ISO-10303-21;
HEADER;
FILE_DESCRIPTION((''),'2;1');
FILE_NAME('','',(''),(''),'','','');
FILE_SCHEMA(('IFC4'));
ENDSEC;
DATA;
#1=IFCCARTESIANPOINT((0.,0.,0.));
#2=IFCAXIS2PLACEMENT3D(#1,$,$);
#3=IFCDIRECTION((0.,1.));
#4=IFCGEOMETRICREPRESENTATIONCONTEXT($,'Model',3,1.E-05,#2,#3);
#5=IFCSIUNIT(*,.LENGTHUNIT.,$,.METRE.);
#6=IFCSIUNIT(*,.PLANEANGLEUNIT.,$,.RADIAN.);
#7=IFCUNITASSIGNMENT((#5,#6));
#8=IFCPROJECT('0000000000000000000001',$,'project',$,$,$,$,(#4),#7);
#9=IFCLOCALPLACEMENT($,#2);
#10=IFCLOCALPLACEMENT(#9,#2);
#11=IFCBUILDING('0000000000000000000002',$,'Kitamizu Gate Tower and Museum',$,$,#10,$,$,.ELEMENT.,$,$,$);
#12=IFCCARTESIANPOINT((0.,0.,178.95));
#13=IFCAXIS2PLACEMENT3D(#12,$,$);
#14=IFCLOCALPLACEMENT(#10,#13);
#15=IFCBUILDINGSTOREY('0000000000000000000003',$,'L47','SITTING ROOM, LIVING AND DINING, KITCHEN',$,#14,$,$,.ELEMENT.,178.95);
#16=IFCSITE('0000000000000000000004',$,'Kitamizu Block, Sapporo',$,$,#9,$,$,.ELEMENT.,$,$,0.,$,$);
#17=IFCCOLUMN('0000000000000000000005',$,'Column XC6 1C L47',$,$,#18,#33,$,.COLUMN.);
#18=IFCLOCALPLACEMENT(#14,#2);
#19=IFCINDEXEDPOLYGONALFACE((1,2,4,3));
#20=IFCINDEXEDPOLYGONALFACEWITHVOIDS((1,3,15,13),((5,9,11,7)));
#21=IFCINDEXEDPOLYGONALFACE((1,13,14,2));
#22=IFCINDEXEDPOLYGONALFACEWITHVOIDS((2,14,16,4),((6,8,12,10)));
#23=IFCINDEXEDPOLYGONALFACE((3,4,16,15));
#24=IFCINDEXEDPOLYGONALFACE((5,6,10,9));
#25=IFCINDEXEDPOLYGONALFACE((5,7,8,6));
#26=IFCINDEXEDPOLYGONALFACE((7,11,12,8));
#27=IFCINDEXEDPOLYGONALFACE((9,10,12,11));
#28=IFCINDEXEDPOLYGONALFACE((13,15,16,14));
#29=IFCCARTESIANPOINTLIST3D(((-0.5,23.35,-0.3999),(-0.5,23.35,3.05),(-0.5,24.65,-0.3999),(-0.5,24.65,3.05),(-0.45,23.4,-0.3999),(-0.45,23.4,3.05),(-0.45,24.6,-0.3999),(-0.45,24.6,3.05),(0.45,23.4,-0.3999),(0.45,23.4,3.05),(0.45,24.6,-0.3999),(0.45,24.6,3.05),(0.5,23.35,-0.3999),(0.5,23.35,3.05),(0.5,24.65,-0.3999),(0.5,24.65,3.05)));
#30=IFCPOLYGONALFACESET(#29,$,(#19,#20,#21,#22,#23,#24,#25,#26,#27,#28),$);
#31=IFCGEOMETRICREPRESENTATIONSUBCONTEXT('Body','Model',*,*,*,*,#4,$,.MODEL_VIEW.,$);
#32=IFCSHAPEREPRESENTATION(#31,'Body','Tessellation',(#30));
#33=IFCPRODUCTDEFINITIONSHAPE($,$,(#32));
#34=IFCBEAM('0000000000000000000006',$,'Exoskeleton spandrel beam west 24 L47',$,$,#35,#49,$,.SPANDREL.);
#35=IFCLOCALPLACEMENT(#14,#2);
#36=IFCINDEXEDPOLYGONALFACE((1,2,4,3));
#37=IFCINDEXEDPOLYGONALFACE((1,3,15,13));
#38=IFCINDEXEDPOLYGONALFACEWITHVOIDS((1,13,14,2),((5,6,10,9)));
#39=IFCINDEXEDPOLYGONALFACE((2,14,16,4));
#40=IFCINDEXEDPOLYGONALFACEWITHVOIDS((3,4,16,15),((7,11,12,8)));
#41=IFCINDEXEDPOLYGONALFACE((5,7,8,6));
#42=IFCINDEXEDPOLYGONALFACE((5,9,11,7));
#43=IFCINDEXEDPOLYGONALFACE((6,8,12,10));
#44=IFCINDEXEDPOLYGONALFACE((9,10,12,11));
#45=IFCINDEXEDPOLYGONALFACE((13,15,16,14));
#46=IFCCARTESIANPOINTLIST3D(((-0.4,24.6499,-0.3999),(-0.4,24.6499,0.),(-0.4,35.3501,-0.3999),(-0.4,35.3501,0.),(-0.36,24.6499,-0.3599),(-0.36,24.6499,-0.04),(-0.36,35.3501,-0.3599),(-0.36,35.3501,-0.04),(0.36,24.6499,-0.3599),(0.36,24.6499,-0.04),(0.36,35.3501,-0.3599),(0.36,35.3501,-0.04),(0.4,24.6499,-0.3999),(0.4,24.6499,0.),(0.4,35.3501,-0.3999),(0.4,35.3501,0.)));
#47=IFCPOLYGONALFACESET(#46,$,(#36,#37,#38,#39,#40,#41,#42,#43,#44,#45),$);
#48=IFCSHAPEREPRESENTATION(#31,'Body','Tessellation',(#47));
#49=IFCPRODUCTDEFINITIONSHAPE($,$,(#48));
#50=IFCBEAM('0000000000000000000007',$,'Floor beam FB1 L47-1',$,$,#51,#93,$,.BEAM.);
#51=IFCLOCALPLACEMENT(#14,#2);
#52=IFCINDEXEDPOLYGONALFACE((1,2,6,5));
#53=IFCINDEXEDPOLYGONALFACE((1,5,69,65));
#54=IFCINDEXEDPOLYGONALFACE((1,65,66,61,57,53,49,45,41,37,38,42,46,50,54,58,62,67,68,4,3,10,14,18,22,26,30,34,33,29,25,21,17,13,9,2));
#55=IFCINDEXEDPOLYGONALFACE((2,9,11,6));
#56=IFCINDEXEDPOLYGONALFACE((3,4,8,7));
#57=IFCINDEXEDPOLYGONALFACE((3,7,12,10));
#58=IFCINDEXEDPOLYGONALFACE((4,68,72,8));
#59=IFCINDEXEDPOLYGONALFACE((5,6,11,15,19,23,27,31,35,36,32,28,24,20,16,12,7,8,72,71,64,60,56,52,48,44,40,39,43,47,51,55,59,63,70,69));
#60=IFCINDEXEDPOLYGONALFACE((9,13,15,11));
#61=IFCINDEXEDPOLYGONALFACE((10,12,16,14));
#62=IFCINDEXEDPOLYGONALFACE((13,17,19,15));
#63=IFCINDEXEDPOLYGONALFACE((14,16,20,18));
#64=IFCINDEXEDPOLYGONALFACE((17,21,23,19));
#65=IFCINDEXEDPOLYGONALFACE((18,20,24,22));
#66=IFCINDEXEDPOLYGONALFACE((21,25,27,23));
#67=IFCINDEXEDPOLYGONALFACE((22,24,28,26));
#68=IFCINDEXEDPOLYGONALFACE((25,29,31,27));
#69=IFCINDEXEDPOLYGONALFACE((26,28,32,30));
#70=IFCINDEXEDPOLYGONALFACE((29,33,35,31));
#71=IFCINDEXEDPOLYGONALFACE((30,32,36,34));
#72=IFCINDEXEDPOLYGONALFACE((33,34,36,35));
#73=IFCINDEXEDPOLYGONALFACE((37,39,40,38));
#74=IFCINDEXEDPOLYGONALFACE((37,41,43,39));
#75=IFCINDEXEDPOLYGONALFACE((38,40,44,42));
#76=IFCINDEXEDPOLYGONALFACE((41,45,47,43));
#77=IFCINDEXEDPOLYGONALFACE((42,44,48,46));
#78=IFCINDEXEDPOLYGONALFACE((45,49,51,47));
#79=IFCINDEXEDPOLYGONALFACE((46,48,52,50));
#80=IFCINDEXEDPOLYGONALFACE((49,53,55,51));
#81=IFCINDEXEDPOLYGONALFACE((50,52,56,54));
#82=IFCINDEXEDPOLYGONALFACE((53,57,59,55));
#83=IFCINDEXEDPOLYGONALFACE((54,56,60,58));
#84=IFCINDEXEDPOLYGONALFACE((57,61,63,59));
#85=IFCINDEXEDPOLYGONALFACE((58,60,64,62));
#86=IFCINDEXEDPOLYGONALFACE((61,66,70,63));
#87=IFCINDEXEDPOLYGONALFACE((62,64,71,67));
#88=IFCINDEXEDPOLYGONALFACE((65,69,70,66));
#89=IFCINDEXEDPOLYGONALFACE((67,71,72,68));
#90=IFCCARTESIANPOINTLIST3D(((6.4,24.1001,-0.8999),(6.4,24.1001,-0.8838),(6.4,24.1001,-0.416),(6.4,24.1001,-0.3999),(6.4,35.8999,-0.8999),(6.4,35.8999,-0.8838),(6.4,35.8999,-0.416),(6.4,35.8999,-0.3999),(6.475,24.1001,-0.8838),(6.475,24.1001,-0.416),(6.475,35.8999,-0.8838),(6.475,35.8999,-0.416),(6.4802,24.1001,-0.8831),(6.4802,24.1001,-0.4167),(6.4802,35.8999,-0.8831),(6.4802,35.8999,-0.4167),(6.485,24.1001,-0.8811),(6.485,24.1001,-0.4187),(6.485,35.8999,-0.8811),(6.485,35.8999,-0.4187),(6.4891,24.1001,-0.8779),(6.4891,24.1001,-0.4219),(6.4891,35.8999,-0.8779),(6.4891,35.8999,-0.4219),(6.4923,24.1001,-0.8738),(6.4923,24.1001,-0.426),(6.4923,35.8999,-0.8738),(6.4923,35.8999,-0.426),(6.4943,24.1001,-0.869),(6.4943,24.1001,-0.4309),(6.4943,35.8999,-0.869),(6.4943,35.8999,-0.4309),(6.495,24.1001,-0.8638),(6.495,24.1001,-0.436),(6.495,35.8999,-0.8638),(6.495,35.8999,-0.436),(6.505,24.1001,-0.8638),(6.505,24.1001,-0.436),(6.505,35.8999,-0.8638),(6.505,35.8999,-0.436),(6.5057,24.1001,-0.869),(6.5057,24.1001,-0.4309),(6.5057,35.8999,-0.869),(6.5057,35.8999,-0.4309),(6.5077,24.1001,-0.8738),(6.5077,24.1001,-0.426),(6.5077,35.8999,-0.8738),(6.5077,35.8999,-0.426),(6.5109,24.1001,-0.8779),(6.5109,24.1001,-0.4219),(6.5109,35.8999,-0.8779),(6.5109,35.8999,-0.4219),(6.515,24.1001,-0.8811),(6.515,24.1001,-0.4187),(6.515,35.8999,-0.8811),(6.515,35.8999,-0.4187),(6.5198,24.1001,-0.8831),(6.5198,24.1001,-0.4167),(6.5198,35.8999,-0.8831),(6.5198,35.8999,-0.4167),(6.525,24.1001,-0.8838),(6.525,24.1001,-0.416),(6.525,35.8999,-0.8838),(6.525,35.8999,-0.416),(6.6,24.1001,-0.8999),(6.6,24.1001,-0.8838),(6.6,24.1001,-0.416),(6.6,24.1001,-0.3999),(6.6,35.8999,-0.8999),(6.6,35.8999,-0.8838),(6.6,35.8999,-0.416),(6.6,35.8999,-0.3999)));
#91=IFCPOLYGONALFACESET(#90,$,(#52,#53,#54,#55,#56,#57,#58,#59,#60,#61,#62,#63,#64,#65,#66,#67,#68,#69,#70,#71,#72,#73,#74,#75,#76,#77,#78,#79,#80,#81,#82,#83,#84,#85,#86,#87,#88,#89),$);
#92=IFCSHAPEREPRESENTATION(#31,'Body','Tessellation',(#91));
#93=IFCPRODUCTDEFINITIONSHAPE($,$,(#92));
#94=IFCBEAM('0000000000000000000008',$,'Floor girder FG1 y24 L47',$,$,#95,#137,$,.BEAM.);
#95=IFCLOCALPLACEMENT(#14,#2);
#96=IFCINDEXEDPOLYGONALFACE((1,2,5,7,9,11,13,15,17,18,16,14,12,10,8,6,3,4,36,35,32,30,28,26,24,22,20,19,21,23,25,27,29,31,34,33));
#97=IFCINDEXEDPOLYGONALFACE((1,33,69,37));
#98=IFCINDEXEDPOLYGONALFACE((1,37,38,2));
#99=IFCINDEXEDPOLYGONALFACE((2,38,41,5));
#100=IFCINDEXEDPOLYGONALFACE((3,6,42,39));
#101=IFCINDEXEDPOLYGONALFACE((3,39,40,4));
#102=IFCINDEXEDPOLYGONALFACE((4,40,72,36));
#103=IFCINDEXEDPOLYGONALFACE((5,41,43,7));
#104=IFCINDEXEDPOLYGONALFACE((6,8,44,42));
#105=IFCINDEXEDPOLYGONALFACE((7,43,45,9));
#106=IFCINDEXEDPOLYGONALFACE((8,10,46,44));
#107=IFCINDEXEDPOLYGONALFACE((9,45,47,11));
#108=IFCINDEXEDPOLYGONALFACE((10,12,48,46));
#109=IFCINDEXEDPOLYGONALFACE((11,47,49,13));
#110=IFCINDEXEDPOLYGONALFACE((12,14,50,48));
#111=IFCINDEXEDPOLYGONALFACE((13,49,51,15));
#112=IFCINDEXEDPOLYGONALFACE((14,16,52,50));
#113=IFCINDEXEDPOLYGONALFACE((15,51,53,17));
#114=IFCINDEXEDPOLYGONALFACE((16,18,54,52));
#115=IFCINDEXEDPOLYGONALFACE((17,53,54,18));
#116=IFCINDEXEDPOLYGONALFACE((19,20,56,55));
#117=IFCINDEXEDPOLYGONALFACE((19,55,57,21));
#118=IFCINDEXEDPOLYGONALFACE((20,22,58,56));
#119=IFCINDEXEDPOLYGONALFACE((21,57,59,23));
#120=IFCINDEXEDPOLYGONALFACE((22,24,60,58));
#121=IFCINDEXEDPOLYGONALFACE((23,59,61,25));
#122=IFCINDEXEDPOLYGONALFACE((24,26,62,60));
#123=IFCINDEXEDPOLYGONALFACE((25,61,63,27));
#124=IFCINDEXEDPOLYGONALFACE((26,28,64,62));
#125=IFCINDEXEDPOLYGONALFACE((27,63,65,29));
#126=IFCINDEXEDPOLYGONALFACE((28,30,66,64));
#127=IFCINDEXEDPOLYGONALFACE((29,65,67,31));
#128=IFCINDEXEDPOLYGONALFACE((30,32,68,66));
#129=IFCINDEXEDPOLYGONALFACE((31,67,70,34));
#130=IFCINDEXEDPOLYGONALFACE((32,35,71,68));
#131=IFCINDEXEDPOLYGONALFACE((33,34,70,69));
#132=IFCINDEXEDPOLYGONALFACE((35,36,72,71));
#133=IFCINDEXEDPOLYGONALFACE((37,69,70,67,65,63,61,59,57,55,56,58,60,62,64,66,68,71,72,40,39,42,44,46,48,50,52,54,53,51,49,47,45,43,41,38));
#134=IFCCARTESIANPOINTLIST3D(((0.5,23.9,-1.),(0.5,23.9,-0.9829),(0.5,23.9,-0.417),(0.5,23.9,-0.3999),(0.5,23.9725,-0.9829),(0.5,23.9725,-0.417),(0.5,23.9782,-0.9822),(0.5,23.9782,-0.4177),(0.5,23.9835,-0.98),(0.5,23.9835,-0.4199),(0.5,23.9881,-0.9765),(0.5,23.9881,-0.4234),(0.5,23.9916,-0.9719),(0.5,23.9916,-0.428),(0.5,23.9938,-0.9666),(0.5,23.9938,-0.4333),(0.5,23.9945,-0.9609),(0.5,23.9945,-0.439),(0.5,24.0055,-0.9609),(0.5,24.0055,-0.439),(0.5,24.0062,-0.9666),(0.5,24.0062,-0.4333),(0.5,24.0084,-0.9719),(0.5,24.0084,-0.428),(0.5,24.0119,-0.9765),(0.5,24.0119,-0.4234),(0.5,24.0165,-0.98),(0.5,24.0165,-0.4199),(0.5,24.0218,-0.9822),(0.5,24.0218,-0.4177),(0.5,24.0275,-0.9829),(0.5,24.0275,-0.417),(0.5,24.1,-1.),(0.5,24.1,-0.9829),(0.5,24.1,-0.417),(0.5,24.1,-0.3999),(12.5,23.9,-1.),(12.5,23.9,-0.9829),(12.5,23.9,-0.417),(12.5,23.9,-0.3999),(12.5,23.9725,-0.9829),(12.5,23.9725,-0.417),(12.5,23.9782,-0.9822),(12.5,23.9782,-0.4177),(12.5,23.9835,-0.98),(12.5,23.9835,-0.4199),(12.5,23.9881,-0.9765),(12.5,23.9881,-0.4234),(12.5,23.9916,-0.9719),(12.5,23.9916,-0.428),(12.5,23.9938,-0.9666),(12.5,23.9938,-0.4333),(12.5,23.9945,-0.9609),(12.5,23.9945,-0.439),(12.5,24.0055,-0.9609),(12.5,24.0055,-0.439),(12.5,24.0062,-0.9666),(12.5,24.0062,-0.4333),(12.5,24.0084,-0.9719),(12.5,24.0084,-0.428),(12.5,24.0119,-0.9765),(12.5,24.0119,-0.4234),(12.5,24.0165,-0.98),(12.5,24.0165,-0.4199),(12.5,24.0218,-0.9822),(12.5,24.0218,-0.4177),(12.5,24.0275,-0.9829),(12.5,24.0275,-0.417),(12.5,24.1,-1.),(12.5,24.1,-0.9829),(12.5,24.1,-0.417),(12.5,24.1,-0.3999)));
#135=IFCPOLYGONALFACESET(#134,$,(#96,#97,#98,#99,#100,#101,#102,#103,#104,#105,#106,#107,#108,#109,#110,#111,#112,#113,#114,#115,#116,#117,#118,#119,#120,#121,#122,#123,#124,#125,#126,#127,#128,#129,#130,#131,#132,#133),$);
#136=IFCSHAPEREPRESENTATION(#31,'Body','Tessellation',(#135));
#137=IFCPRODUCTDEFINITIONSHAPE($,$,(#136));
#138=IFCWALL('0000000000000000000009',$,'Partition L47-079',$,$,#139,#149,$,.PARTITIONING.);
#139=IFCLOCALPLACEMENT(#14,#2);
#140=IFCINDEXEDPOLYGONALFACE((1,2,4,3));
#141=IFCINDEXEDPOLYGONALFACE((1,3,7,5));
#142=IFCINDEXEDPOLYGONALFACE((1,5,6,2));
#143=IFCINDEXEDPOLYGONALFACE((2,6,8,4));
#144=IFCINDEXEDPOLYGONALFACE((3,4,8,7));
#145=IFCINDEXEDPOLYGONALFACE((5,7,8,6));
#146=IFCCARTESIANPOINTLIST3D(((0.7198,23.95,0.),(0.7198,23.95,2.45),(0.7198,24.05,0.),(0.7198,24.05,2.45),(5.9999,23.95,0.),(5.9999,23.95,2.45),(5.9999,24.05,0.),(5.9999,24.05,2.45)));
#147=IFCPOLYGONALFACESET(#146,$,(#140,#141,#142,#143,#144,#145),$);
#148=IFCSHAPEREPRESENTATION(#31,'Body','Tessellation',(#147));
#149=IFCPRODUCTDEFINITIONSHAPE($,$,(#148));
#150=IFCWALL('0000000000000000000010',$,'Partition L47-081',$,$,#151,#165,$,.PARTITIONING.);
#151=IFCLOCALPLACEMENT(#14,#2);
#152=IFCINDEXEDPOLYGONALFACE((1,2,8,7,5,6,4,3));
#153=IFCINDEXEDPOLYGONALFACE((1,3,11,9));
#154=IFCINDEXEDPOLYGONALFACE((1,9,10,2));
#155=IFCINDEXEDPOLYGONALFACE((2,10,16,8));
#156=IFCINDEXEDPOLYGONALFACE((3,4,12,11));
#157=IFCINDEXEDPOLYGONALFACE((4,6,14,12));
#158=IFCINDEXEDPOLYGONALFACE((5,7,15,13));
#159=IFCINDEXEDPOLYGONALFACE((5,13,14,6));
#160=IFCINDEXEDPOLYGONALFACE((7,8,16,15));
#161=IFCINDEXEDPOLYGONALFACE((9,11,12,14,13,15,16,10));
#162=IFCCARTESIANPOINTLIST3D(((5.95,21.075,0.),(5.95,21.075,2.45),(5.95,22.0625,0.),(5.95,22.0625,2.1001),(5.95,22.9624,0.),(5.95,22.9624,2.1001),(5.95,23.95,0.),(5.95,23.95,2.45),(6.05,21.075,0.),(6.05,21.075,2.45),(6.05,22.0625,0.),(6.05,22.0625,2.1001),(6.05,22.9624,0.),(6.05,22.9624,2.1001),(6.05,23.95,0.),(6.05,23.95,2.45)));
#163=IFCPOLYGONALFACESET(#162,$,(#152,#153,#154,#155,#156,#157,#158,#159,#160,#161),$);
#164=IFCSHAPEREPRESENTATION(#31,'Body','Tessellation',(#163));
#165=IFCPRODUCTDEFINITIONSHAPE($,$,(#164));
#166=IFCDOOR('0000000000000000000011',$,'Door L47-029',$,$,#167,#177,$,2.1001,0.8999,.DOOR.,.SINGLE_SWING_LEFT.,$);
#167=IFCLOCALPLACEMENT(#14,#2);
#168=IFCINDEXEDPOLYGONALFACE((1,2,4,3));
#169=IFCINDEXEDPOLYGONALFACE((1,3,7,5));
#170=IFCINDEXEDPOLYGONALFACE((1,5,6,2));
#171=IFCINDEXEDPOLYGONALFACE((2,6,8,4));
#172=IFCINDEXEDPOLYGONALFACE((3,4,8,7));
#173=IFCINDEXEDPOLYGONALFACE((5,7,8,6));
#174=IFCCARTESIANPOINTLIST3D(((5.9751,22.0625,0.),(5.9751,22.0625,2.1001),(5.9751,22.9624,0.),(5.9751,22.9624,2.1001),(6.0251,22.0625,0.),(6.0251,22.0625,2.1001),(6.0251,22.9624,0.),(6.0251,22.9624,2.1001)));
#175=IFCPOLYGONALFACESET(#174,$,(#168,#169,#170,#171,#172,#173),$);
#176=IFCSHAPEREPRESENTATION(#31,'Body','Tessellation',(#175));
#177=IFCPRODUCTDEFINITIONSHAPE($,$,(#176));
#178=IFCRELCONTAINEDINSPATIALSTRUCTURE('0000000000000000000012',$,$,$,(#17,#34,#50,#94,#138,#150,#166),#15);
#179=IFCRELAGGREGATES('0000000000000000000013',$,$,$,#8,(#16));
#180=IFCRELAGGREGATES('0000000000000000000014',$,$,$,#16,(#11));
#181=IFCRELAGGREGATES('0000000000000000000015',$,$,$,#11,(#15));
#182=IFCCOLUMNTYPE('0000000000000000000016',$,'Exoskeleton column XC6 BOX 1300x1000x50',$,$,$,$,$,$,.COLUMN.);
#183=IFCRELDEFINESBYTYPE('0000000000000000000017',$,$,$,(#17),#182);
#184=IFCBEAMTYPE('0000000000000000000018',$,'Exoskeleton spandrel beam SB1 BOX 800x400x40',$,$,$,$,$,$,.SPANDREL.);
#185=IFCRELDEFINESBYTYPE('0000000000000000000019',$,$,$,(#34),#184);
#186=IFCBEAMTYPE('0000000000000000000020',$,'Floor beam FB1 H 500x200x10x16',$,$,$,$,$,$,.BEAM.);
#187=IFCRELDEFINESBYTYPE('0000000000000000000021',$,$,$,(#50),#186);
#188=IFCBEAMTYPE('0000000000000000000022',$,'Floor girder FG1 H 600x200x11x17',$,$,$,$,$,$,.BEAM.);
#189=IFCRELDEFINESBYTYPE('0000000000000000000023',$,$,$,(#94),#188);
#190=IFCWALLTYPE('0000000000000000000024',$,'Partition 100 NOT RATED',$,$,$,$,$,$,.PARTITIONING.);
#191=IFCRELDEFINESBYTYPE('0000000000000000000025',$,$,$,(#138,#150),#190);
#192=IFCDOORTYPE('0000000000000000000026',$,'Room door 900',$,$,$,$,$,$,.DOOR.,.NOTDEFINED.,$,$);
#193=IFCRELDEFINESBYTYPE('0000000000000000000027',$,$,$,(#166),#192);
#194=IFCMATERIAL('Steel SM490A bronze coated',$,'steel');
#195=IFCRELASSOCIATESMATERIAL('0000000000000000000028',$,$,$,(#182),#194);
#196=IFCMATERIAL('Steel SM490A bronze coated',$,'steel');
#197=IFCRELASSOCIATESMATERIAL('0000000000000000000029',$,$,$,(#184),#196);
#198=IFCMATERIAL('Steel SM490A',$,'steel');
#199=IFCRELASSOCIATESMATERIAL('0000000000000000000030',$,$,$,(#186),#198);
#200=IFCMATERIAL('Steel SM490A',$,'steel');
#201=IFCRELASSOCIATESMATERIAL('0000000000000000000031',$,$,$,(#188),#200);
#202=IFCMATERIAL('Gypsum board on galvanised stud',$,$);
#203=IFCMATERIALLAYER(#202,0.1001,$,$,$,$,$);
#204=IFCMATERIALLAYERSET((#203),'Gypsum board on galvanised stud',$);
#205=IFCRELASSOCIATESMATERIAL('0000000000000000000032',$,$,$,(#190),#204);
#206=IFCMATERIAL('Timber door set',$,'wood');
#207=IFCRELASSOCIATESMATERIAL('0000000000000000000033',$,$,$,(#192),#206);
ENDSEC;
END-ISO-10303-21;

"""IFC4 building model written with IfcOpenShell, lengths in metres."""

from ifc_helpers import new_model, si_unit, direction, frame, frame_2d, origin, origin_2d, place, context, subcontext, project, spatial, rectangle, hollow_rectangle, i_section, extrude, material, layer, layer_set, material_profile, profile_set, type_object, element, fill, save


model = new_model("IFC4")

# Units and contexts
model_context = context("Model", 3, precision=1e-05, world=origin(), true_north=direction((0.0, 1.0)))
body_context = subcontext(model_context, "Body", "Model", "MODEL_VIEW")
ifc_project = project(units=[si_unit("LENGTHUNIT", "METRE"), si_unit("PLANEANGLEUNIT", "RADIAN")], contexts=[model_context])

# Site, building, storey
site_placement = place(None, origin())
site = spatial("IfcSite", under=ifc_project, at=site_placement, Name="Kitamizu Block, Sapporo", CompositionType="ELEMENT", RefElevation=0.0)
building_placement = place(site_placement, origin())
building = spatial("IfcBuilding", under=site, at=building_placement, Name="Kitamizu Gate Tower and Museum", CompositionType="ELEMENT")
storey_placement = place(building_placement, frame((0.0, 0.0, 178.95)))
storey = spatial("IfcBuildingStorey", under=building, at=storey_placement, Name="L47", Description="SITTING ROOM, LIVING AND DINING, KITCHEN", CompositionType="ELEMENT", Elevation=178.95)

# Column
ifc_material_1 = material(Name="Steel SM490A bronze coated", Category="steel")
ifc_material_profile_1 = material_profile(ifc_material_1, hollow_rectangle(XDim=1.3, YDim=1.0, WallThickness=0.05, at=origin_2d()), Name="BOX 1300x1000x50")
ifc_profile_set_1 = profile_set([ifc_material_profile_1], Name="Steel SM490A bronze coated")
column_type = type_object("IfcColumnType", Name="Exoskeleton column XC6 BOX 1300x1000x50", PredefinedType="COLUMN", material=ifc_profile_set_1)
column_placement = place(storey_placement, frame((0.0, 24.0, -0.3999), z_axis=(0.0, 0.0, 1.0), x_axis=(0.0, 1.0, 0.0)))
element("IfcColumn", 1, at=column_placement, inside=storey, type_object=column_type, Name="Column XC6 1C L47", PredefinedType="COLUMN", context=body_context, shape_type="SweptSolid", body=[
    extrude(hollow_rectangle(XDim=1.3, YDim=1.0, WallThickness=0.05, at=origin_2d()), origin(), (0.0, 0.0, 1.0), 3.45),
])

# Beams
ifc_material_2 = material(Name="Steel SM490A bronze coated", Category="steel")
ifc_material_profile_2 = material_profile(ifc_material_2, hollow_rectangle(XDim=0.8, YDim=0.3999, WallThickness=0.04, at=origin_2d()), Name="BOX 800x400x40")
ifc_profile_set_2 = profile_set([ifc_material_profile_2], Name="Steel SM490A bronze coated")
beam_type_1 = type_object("IfcBeamType", Name="Exoskeleton spandrel beam SB1 BOX 800x400x40", PredefinedType="SPANDREL", material=ifc_profile_set_2)
beam_1_placement = place(storey_placement, frame((0.0, 24.6499, -0.2), z_axis=(0.0, 1.0, 0.0), x_axis=(-1.0, 0.0, 0.0)))
element("IfcBeam", 2, at=beam_1_placement, inside=storey, type_object=beam_type_1, Name="Exoskeleton spandrel beam west 24 L47", PredefinedType="SPANDREL", context=body_context, shape_type="SweptSolid", body=[
    extrude(hollow_rectangle(XDim=0.8, YDim=0.3999, WallThickness=0.04, at=origin_2d()), origin(), (0.0, 0.0, 1.0), 10.7002),
])
ifc_material_3 = material(Name="Steel SM490A", Category="steel")
ifc_material_profile_3 = material_profile(ifc_material_3, i_section(OverallWidth=0.2, OverallDepth=0.5, WebThickness=0.01, FlangeThickness=0.0161, FilletRadius=0.02, at=origin_2d()), Name="H-500x200x10x16")
ifc_profile_set_3 = profile_set([ifc_material_profile_3], Name="Steel SM490A")
beam_type_2 = type_object("IfcBeamType", Name="Floor beam FB1 H 500x200x10x16", PredefinedType="BEAM", material=ifc_profile_set_3)
beam_2_placement = place(storey_placement, frame((6.5, 24.1001, -0.6499), z_axis=(0.0, 1.0, 0.0), x_axis=(-1.0, 0.0, 0.0)))
element("IfcBeam", 3, at=beam_2_placement, inside=storey, type_object=beam_type_2, Name="Floor beam FB1 L47-1", PredefinedType="BEAM", context=body_context, shape_type="SweptSolid", body=[
    extrude(i_section(OverallWidth=0.2, OverallDepth=0.5, WebThickness=0.01, FlangeThickness=0.0161, FilletRadius=0.02, at=origin_2d()), origin(), (0.0, 0.0, 1.0), 11.7998),
])
ifc_material_4 = material(Name="Steel SM490A", Category="steel")
ifc_material_profile_4 = material_profile(ifc_material_4, i_section(OverallWidth=0.2, OverallDepth=0.6001, WebThickness=0.011, FlangeThickness=0.0171, FilletRadius=0.022, at=origin_2d()), Name="H-600x200x11x17")
ifc_profile_set_4 = profile_set([ifc_material_profile_4], Name="Steel SM490A")
beam_type_3 = type_object("IfcBeamType", Name="Floor girder FG1 H 600x200x11x17", PredefinedType="BEAM", material=ifc_profile_set_4)
beam_3_placement = place(storey_placement, frame((0.5, 24.0, -0.7), z_axis=(1.0, 0.0, 0.0), x_axis=(0.0, 1.0, 0.0)))
element("IfcBeam", 4, at=beam_3_placement, inside=storey, type_object=beam_type_3, Name="Floor girder FG1 y24 L47", PredefinedType="BEAM", context=body_context, shape_type="SweptSolid", body=[
    extrude(i_section(OverallWidth=0.2, OverallDepth=0.6001, WebThickness=0.011, FlangeThickness=0.0171, FilletRadius=0.022, at=origin_2d()), origin(), (0.0, 0.0, 1.0), 12.0),
])

# Wall
ifc_material_5 = material(Name="Gypsum board on galvanised stud")
ifc_layer_1 = layer(ifc_material_5, 0.1001)
ifc_layer_set_1 = layer_set([ifc_layer_1], Name="Gypsum board on galvanised stud")
wall_type_1 = type_object("IfcWallType", Name="Partition 100 NOT RATED", PredefinedType="PARTITIONING", material=ifc_layer_set_1)
wall_1_placement = place(storey_placement, frame((6.0, 24.0, 0.0), z_axis=(0.0, 0.0, 1.0), x_axis=(-1.0, 0.0, 0.0)))
element("IfcWall", 5, at=wall_1_placement, inside=storey, type_object=wall_type_1, Name="Partition L47-079", PredefinedType="PARTITIONING", context=body_context, shape_type="SweptSolid", body=[
    extrude(rectangle(XDim=5.28, YDim=0.1001, at=frame_2d((2.6401, 0.0))), origin(), (0.0, 0.0, 1.0), 2.45),
])

# Wall, opening, door
wall_2_placement = place(storey_placement, frame((6.0, 21.075, 0.0), z_axis=(0.0, 0.0, 1.0), x_axis=(0.0, 1.0, 0.0)))
wall_2 = element("IfcWall", 6, at=wall_2_placement, inside=storey, type_object=wall_type_1, Name="Partition L47-081", PredefinedType="PARTITIONING", context=body_context, shape_type="SweptSolid", body=[
    extrude(rectangle(XDim=2.875, YDim=0.1001, at=frame_2d((1.4375, 0.0))), origin(), (0.0, 0.0, 1.0), 2.45),
])
opening_1_placement = place(wall_2_placement, frame((0.9875, 0.0, 0.0)))
opening_1 = element("IfcOpeningElement", 7, at=opening_1_placement, cuts=wall_2, PredefinedType="OPENING", context=body_context, shape_type="SweptSolid", body=[
    extrude(rectangle(XDim=0.8999, YDim=2.1001, at=frame_2d((0.45, 1.05))), frame((0.0, 0.0601, 0.0), z_axis=(0.0, -1.0, 0.0), x_axis=(1.0, 0.0, 0.0)), (0.0, 0.0, 1.0), 0.1201),
])
ifc_material_6 = material(Name="Timber door set", Category="wood")
door_type_1 = type_object("IfcDoorType", Name="Room door 900", OperationType="NOTDEFINED", PredefinedType="DOOR", material=ifc_material_6)
door_1_placement = place(opening_1_placement, origin())
door_1 = element("IfcDoor", 8, at=door_1_placement, inside=storey, type_object=door_type_1, Name="Door L47-029", OperationType="SINGLE_SWING_LEFT", OverallHeight=2.1001, OverallWidth=0.8999, PredefinedType="DOOR", context=body_context, shape_type="SweptSolid", body=[
    extrude(rectangle(XDim=0.8999, YDim=2.1001, at=frame_2d((0.45, 1.05))), frame((0.0, 0.0249, 0.0), z_axis=(0.0, -1.0, 0.0), x_axis=(1.0, 0.0, 0.0)), (0.0, 0.0, 1.0), 0.05),
])
fill(opening_1, door_1)

save(model, "model.ifc")
